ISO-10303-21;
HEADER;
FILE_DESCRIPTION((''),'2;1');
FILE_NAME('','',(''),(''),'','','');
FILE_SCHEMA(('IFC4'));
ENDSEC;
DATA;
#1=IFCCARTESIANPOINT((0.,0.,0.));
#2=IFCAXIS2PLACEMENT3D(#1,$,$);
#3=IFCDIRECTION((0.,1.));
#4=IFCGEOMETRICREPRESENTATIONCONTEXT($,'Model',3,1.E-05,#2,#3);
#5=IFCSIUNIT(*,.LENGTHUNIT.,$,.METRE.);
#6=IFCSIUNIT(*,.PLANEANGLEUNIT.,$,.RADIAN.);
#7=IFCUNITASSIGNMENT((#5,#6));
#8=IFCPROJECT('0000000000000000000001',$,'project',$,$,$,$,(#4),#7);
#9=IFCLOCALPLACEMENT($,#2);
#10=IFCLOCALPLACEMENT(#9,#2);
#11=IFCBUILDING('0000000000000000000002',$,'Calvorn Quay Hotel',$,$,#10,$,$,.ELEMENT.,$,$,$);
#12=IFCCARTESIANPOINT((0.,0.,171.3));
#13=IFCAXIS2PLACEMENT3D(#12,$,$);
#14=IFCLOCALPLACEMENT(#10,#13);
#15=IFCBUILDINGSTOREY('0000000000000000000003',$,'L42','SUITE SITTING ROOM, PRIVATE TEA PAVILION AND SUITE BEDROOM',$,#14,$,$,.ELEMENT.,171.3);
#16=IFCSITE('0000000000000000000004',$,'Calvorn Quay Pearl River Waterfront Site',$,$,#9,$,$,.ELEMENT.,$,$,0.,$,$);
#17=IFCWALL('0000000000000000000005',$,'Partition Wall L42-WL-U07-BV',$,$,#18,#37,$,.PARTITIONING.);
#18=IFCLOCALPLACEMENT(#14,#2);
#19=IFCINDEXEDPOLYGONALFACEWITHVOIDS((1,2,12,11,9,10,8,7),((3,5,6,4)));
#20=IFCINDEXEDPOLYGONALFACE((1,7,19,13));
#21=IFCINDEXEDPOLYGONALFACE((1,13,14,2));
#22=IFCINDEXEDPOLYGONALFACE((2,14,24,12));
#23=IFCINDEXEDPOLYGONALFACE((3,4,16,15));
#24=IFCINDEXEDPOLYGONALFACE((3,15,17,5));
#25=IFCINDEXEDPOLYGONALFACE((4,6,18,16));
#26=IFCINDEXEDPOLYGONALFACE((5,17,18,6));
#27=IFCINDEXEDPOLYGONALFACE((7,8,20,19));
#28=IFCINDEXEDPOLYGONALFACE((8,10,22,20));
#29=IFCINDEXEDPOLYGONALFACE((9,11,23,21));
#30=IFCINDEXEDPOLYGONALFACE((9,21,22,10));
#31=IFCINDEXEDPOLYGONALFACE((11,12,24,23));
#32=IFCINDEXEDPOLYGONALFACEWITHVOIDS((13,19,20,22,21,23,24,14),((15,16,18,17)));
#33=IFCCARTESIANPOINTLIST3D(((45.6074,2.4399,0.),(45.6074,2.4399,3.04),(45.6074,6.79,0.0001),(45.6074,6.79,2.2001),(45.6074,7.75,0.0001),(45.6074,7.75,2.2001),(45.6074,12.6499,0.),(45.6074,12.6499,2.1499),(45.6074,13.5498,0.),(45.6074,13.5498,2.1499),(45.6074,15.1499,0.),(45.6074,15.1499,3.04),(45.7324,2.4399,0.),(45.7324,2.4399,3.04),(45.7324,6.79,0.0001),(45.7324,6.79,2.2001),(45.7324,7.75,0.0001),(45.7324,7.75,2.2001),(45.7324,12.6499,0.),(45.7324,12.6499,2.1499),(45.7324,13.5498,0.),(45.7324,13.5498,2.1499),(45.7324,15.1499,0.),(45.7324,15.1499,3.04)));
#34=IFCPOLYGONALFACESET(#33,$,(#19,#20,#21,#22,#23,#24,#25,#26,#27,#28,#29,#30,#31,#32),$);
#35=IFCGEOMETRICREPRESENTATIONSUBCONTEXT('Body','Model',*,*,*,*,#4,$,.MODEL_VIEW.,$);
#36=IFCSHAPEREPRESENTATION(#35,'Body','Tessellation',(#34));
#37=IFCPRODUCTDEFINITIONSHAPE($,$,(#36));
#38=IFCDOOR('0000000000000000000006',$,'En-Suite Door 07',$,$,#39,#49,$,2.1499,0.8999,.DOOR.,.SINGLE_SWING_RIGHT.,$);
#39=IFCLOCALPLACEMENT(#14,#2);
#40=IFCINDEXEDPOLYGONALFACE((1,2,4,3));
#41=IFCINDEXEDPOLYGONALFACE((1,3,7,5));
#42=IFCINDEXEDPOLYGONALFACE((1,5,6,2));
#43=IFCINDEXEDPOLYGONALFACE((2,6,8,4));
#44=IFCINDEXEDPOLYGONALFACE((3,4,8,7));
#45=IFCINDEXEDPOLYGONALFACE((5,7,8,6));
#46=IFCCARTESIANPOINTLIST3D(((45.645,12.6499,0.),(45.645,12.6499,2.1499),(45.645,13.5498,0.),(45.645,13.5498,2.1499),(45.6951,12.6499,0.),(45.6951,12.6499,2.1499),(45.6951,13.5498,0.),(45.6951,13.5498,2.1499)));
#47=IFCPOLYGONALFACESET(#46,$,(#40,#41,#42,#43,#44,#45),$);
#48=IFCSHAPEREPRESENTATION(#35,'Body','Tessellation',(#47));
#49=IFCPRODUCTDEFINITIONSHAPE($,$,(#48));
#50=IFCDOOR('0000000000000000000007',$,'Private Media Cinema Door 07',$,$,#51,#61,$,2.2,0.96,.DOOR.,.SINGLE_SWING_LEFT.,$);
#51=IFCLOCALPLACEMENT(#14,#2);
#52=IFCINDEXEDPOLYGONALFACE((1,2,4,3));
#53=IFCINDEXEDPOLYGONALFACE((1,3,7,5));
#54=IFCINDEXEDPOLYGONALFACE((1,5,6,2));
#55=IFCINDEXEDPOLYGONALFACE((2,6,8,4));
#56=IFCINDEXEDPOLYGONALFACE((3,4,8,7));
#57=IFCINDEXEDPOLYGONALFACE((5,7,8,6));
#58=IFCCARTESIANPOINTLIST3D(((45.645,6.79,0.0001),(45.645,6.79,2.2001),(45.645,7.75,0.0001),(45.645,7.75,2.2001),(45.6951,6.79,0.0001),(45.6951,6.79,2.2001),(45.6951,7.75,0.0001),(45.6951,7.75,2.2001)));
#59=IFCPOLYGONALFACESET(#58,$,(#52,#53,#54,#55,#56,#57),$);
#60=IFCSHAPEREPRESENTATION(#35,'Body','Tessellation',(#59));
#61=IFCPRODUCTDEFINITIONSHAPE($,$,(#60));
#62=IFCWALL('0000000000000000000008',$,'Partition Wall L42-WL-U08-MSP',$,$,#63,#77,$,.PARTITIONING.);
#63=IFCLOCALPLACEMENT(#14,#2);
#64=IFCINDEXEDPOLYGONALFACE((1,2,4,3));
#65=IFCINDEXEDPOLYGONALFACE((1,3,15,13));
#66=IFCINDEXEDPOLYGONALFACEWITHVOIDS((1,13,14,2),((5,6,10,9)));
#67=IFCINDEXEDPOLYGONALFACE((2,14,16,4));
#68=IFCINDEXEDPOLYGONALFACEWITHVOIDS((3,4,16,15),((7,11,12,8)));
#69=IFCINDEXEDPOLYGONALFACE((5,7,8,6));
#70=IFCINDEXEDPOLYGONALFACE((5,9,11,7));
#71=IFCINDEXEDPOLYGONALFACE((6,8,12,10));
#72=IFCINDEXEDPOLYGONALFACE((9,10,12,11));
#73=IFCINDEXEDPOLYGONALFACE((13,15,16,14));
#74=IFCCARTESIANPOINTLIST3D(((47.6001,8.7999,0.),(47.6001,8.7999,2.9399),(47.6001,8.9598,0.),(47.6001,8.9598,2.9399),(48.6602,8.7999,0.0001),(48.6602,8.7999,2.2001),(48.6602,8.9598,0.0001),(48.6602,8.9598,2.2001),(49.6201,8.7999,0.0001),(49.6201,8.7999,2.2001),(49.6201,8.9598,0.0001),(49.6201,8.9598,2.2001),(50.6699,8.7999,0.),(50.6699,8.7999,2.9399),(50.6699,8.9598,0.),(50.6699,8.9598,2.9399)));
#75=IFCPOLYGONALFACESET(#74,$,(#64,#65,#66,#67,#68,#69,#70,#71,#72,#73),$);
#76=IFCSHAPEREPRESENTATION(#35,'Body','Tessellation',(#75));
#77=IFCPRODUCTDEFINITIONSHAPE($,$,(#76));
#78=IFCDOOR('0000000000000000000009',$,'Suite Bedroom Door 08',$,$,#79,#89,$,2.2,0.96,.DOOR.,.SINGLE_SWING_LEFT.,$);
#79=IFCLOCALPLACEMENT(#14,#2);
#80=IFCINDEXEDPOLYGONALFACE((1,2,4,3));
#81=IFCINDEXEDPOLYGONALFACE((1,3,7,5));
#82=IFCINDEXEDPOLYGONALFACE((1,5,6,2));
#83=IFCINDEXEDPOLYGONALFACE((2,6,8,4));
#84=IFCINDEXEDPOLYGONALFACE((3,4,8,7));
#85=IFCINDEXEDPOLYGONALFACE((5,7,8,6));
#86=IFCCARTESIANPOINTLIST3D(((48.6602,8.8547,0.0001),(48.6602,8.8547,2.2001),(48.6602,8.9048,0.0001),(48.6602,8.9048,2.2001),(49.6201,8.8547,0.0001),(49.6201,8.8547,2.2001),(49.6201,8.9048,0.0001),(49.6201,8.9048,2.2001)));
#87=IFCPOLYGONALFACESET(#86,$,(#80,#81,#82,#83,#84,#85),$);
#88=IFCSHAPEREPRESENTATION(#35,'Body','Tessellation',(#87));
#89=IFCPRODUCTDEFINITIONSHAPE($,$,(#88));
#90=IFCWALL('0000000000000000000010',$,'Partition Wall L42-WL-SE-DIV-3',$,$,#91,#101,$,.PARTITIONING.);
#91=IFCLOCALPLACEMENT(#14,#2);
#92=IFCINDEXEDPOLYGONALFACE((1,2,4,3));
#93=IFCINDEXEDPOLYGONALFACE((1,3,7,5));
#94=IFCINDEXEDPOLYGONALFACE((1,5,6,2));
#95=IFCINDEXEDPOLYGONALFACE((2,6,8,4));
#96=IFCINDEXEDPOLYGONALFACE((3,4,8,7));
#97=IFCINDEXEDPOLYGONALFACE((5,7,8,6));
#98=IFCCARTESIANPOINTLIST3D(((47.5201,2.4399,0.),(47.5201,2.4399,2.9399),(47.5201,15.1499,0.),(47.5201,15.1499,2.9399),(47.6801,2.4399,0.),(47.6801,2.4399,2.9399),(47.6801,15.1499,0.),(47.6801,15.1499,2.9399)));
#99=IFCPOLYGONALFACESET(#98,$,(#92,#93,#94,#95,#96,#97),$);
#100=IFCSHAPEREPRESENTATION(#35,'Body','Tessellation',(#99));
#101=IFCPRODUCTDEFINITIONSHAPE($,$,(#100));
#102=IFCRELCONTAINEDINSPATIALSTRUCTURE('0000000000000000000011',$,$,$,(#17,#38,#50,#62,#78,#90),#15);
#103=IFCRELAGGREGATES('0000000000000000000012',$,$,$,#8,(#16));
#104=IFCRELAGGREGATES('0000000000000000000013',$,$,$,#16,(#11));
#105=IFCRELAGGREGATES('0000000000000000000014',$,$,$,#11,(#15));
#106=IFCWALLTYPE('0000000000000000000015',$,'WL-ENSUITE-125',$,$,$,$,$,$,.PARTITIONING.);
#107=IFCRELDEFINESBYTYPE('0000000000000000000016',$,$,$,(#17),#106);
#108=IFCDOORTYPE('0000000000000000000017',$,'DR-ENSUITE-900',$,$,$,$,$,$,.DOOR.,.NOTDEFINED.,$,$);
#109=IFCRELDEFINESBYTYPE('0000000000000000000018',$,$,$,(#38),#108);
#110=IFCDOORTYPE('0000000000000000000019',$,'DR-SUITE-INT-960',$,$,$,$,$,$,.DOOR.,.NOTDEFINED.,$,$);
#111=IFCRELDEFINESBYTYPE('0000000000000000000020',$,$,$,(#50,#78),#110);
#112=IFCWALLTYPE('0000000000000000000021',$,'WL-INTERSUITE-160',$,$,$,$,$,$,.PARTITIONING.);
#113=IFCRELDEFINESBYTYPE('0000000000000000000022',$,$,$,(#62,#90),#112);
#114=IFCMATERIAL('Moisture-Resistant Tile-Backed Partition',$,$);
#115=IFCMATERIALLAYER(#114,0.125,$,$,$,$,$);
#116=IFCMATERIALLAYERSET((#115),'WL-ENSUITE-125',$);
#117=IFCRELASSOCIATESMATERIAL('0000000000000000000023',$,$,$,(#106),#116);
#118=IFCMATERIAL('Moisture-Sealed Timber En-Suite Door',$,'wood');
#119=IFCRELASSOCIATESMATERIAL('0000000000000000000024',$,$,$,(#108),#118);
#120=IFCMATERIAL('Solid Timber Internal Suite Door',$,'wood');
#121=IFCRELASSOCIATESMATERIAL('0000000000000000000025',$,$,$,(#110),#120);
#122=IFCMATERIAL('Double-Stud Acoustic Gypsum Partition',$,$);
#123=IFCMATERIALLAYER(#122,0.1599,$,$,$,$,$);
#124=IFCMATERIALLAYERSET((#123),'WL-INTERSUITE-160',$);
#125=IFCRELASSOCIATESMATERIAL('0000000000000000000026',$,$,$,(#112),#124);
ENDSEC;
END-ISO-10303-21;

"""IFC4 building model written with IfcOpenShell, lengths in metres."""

from ifc_helpers import new_model, si_unit, direction, frame, frame_2d, origin, place, context, subcontext, project, spatial, rectangle, extrude, material, layer, layer_set, type_object, element, fill, save


model = new_model("IFC4")

# Units and contexts
model_context = context("Model", 3, precision=1e-05, world=origin(), true_north=direction((0.0, 1.0)))
body_context = subcontext(model_context, "Body", "Model", "MODEL_VIEW")
ifc_project = project(units=[si_unit("LENGTHUNIT", "METRE"), si_unit("PLANEANGLEUNIT", "RADIAN")], contexts=[model_context])

# Site, building, storey
site_placement = place(None, origin())
site = spatial("IfcSite", under=ifc_project, at=site_placement, Name="Calvorn Quay Pearl River Waterfront Site", CompositionType="ELEMENT", RefElevation=0.0)
building_placement = place(site_placement, origin())
building = spatial("IfcBuilding", under=site, at=building_placement, Name="Calvorn Quay Hotel", CompositionType="ELEMENT")
storey_placement = place(building_placement, frame((0.0, 0.0, 171.3)))
storey = spatial("IfcBuildingStorey", under=building, at=storey_placement, Name="L42", Description="SUITE SITTING ROOM, PRIVATE TEA PAVILION AND SUITE BEDROOM", CompositionType="ELEMENT", Elevation=171.3)

# Wall, openings, doors
ifc_material_1 = material(Name="Moisture-Resistant Tile-Backed Partition")
ifc_layer_1 = layer(ifc_material_1, 0.125)
ifc_layer_set_1 = layer_set([ifc_layer_1], Name="WL-ENSUITE-125")
wall_type_1 = type_object("IfcWallType", Name="WL-ENSUITE-125", PredefinedType="PARTITIONING", material=ifc_layer_set_1)
wall_1_placement = place(storey_placement, frame((45.6699, 2.4399, 0.0), z_axis=(0.0, 0.0, 1.0), x_axis=(0.0, 1.0, 0.0)))
wall_1 = element("IfcWall", 1, at=wall_1_placement, inside=storey, type_object=wall_type_1, Name="Partition Wall L42-WL-U07-BV", PredefinedType="PARTITIONING", context=body_context, shape_type="SweptSolid", body=[
    extrude(rectangle(XDim=12.71, YDim=0.125, at=frame_2d((6.355, 0.0))), origin(), (0.0, 0.0, 1.0), 3.04),
])
opening_1_placement = place(wall_1_placement, frame((4.3501, 0.0, 0.0)))
opening_1 = element("IfcOpeningElement", 2, at=opening_1_placement, cuts=wall_1, PredefinedType="OPENING", context=body_context, shape_type="SweptSolid", body=[
    extrude(rectangle(XDim=0.96, YDim=2.2, at=frame_2d((0.48, 1.1001))), frame((0.0, 0.0725, 0.0), z_axis=(0.0, -1.0, 0.0), x_axis=(1.0, 0.0, 0.0)), (0.0, 0.0, 1.0), 0.145),
])
opening_2_placement = place(wall_1_placement, frame((10.21, 0.0, 0.0)))
opening_2 = element("IfcOpeningElement", 3, at=opening_2_placement, cuts=wall_1, PredefinedType="OPENING", context=body_context, shape_type="SweptSolid", body=[
    extrude(rectangle(XDim=0.8999, YDim=2.1499, at=frame_2d((0.45, 1.075))), frame((0.0, 0.0725, 0.0), z_axis=(0.0, -1.0, 0.0), x_axis=(1.0, 0.0, 0.0)), (0.0, 0.0, 1.0), 0.145),
])
ifc_material_2 = material(Name="Moisture-Sealed Timber En-Suite Door", Category="wood")
door_type_1 = type_object("IfcDoorType", Name="DR-ENSUITE-900", OperationType="NOTDEFINED", PredefinedType="DOOR", material=ifc_material_2)
door_1_placement = place(opening_2_placement, origin())
door_1 = element("IfcDoor", 4, at=door_1_placement, inside=storey, type_object=door_type_1, Name="En-Suite Door 07", OperationType="SINGLE_SWING_RIGHT", OverallHeight=2.1499, OverallWidth=0.8999, PredefinedType="DOOR", context=body_context, shape_type="SweptSolid", body=[
    extrude(rectangle(XDim=0.8999, YDim=2.1499, at=frame_2d((0.45, 1.075))), frame((0.0, 0.0249, 0.0), z_axis=(0.0, -1.0, 0.0), x_axis=(1.0, 0.0, 0.0)), (0.0, 0.0, 1.0), 0.05),
])
fill(opening_2, door_1)
ifc_material_3 = material(Name="Solid Timber Internal Suite Door", Category="wood")
door_type_2 = type_object("IfcDoorType", Name="DR-SUITE-INT-960", OperationType="NOTDEFINED", PredefinedType="DOOR", material=ifc_material_3)
door_2_placement = place(opening_1_placement, origin())
door_2 = element("IfcDoor", 5, at=door_2_placement, inside=storey, type_object=door_type_2, Name="Private Media Cinema Door 07", OperationType="SINGLE_SWING_LEFT", OverallHeight=2.2, OverallWidth=0.96, PredefinedType="DOOR", context=body_context, shape_type="SweptSolid", body=[
    extrude(rectangle(XDim=0.96, YDim=2.2, at=frame_2d((0.48, 1.1001))), frame((0.0, 0.0249, 0.0), z_axis=(0.0, -1.0, 0.0), x_axis=(1.0, 0.0, 0.0)), (0.0, 0.0, 1.0), 0.05),
])
fill(opening_1, door_2)

# Wall, opening, door
ifc_material_4 = material(Name="Double-Stud Acoustic Gypsum Partition")
ifc_layer_2 = layer(ifc_material_4, 0.1599)
ifc_layer_set_2 = layer_set([ifc_layer_2], Name="WL-INTERSUITE-160")
wall_type_2 = type_object("IfcWallType", Name="WL-INTERSUITE-160", PredefinedType="PARTITIONING", material=ifc_layer_set_2)
wall_2_placement = place(storey_placement, frame((47.6001, 8.8799, 0.0), z_axis=(0.0, 0.0, 1.0), x_axis=(1.0, 0.0, 0.0)))
wall_2 = element("IfcWall", 6, at=wall_2_placement, inside=storey, type_object=wall_type_2, Name="Partition Wall L42-WL-U08-MSP", PredefinedType="PARTITIONING", context=body_context, shape_type="SweptSolid", body=[
    extrude(rectangle(XDim=3.0698, YDim=0.1599, at=frame_2d((1.5349, 0.0))), origin(), (0.0, 0.0, 1.0), 2.9399),
])
opening_3_placement = place(wall_2_placement, frame((1.0601, 0.0, 0.0)))
opening_3 = element("IfcOpeningElement", 7, at=opening_3_placement, cuts=wall_2, PredefinedType="OPENING", context=body_context, shape_type="SweptSolid", body=[
    extrude(rectangle(XDim=0.96, YDim=2.2, at=frame_2d((0.48, 1.1001))), frame((0.0, 0.0898, 0.0), z_axis=(0.0, -1.0, 0.0), x_axis=(1.0, 0.0, 0.0)), (0.0, 0.0, 1.0), 0.1799),
])
door_3_placement = place(opening_3_placement, origin())
door_3 = element("IfcDoor", 8, at=door_3_placement, inside=storey, type_object=door_type_2, Name="Suite Bedroom Door 08", OperationType="SINGLE_SWING_LEFT", OverallHeight=2.2, OverallWidth=0.96, PredefinedType="DOOR", context=body_context, shape_type="SweptSolid", body=[
    extrude(rectangle(XDim=0.96, YDim=2.2, at=frame_2d((0.48, 1.1001))), frame((0.0, 0.0249, 0.0), z_axis=(0.0, -1.0, 0.0), x_axis=(1.0, 0.0, 0.0)), (0.0, 0.0, 1.0), 0.05),
])
fill(opening_3, door_3)

# Wall
wall_3_placement = place(storey_placement, frame((47.6001, 2.4399, 0.0), z_axis=(0.0, 0.0, 1.0), x_axis=(0.0, 1.0, 0.0)))
element("IfcWall", 9, at=wall_3_placement, inside=storey, type_object=wall_type_2, Name="Partition Wall L42-WL-SE-DIV-3", PredefinedType="PARTITIONING", context=body_context, shape_type="SweptSolid", body=[
    extrude(rectangle(XDim=12.71, YDim=0.1599, at=frame_2d((6.355, 0.0))), origin(), (0.0, 0.0, 1.0), 2.9399),
])

save(model, "model.ifc")
